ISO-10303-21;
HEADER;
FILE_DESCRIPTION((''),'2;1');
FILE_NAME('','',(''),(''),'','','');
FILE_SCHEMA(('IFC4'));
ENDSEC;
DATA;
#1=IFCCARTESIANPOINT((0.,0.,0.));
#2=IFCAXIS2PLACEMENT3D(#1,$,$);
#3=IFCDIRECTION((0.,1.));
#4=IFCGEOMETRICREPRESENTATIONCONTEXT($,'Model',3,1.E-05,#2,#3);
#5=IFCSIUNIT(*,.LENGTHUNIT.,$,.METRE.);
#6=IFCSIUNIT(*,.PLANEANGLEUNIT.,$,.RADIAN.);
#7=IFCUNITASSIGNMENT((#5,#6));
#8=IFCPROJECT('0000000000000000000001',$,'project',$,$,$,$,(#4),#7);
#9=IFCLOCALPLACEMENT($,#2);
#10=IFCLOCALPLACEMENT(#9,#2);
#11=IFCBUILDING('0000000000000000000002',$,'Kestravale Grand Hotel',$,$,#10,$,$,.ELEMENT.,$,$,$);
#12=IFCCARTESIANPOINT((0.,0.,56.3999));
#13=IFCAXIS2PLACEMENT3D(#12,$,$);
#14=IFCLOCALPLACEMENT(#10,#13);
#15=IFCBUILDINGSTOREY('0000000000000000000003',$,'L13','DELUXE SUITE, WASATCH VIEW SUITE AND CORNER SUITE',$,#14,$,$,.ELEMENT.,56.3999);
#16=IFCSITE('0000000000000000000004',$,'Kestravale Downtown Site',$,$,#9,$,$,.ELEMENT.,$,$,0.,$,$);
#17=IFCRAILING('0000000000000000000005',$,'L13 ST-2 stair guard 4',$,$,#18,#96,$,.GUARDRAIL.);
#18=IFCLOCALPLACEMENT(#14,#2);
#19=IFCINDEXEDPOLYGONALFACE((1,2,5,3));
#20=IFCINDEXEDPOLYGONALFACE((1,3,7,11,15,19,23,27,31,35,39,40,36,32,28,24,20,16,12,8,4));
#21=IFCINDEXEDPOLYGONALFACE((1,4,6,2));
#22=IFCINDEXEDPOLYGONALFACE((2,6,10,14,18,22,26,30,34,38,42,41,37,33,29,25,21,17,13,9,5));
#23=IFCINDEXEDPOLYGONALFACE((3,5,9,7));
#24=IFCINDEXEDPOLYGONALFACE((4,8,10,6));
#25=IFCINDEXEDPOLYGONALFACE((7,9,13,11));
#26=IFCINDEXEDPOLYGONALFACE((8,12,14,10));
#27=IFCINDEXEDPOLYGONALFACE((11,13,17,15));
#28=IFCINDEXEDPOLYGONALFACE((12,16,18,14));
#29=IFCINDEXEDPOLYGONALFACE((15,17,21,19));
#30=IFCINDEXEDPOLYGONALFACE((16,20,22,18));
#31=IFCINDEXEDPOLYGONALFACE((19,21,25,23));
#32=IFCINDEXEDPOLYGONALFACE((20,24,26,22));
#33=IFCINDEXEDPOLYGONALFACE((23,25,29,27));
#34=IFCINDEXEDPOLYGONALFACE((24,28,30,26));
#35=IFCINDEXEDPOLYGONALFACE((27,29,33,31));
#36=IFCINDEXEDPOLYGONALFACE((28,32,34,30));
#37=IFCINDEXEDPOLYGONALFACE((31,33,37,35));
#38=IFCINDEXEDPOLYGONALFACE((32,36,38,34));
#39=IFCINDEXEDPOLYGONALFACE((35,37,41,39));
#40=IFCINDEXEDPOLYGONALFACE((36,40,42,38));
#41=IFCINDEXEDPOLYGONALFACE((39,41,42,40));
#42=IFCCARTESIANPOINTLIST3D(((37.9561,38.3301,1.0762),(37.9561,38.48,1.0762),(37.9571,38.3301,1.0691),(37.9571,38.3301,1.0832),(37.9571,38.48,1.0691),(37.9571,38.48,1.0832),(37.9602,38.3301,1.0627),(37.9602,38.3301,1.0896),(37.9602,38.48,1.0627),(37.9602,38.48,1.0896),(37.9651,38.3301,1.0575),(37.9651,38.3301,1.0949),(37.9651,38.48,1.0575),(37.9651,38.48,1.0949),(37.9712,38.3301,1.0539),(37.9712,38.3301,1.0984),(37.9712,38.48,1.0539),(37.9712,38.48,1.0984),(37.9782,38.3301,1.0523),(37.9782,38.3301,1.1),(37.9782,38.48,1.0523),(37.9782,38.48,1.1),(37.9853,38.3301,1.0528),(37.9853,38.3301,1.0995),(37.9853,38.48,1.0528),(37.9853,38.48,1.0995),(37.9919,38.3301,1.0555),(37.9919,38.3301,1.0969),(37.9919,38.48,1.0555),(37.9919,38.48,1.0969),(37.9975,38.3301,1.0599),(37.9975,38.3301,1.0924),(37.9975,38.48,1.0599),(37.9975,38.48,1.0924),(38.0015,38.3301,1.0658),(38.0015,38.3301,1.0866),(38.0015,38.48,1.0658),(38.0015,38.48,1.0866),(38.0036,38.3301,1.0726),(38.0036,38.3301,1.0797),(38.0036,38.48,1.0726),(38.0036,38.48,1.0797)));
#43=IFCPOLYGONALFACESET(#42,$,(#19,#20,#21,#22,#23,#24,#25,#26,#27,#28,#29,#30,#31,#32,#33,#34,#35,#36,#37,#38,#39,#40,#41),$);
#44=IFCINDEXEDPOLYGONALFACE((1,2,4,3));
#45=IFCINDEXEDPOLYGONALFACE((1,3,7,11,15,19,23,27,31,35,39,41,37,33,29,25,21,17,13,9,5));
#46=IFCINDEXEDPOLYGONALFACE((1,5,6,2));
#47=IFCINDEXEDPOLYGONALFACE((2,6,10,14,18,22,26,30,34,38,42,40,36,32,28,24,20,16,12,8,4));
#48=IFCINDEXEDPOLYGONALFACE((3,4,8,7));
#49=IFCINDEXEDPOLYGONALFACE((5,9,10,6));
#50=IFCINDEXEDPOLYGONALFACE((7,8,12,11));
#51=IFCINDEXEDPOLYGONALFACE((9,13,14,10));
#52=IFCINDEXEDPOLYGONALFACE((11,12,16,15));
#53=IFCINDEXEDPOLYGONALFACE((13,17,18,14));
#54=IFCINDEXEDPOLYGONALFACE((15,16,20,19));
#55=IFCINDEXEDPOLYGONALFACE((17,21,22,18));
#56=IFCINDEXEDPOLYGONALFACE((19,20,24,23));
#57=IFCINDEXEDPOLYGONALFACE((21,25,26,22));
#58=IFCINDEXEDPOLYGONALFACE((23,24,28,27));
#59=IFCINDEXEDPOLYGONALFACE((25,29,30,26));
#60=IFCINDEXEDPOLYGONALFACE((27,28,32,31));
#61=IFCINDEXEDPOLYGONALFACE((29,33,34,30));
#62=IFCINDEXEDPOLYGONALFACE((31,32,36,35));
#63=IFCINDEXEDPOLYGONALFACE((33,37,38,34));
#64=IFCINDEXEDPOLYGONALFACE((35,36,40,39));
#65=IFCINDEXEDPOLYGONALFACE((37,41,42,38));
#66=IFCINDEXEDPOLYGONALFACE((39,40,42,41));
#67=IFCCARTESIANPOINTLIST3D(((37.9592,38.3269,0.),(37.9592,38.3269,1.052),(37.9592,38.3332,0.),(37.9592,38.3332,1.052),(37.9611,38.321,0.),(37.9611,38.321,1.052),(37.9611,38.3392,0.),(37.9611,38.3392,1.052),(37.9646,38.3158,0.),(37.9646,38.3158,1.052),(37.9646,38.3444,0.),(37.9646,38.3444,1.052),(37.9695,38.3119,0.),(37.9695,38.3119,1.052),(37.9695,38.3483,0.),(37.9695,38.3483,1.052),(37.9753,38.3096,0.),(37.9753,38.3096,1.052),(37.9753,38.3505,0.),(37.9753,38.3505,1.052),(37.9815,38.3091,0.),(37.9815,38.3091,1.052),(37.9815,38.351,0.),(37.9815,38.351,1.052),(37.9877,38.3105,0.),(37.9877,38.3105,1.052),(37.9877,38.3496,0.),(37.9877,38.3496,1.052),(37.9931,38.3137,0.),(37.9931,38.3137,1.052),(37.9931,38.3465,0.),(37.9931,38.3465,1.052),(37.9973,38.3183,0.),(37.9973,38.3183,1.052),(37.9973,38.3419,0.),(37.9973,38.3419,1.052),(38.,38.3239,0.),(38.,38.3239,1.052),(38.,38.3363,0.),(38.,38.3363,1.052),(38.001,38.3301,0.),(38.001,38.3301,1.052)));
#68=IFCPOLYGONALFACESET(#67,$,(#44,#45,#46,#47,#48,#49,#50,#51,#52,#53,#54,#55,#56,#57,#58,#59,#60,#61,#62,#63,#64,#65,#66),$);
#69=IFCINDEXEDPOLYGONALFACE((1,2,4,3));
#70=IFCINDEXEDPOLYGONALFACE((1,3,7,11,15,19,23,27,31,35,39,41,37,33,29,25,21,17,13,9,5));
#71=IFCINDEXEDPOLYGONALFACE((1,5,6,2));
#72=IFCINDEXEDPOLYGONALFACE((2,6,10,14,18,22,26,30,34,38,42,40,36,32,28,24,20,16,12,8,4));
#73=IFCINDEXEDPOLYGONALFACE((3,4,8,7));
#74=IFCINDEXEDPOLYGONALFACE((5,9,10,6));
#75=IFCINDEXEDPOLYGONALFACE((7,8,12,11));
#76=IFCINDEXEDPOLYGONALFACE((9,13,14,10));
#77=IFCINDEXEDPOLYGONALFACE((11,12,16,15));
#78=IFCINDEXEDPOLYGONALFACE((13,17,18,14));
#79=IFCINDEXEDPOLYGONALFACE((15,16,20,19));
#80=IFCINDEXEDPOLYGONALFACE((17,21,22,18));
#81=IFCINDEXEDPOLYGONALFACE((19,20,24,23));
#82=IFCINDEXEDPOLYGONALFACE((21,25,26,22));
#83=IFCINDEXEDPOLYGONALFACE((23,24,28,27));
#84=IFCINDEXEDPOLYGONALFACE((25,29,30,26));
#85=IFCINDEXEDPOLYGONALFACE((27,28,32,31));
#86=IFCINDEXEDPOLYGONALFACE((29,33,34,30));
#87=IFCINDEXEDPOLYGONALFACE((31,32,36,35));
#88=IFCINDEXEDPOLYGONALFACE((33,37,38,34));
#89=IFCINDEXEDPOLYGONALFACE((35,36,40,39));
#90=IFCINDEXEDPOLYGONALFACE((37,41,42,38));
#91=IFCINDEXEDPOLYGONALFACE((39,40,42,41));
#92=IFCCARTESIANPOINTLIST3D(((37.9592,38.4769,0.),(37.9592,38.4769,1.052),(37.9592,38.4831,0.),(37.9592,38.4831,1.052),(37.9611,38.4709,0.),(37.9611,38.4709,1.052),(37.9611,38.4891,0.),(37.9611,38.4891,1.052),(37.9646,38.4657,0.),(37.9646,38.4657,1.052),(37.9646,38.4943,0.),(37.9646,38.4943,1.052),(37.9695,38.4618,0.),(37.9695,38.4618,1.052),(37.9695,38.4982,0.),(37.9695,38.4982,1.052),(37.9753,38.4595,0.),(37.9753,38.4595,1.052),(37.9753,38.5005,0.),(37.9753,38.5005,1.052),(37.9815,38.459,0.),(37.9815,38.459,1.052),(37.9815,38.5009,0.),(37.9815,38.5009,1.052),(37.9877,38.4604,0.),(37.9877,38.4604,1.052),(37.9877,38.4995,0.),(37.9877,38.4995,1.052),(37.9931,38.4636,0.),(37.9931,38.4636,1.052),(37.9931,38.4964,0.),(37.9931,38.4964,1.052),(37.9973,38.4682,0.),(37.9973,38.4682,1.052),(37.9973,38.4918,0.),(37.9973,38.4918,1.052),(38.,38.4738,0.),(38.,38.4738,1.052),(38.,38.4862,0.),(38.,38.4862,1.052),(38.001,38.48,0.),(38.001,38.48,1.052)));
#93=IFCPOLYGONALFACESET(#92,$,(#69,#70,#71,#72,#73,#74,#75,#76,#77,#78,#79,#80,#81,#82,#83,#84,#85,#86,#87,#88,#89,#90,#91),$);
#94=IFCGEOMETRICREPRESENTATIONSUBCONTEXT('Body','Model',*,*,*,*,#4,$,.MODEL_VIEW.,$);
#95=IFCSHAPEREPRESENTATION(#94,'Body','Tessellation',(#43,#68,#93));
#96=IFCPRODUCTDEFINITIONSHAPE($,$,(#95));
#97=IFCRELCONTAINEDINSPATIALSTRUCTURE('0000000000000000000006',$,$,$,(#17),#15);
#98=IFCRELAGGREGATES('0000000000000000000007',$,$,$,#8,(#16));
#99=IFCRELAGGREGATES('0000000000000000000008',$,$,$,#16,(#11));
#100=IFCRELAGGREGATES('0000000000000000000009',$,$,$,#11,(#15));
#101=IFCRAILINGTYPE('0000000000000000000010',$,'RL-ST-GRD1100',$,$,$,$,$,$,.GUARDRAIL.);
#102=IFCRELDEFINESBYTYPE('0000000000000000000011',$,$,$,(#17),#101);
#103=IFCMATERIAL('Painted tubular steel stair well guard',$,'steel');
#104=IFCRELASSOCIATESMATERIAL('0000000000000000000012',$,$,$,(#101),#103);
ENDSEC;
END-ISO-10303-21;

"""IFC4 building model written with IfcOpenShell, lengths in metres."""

from ifc_helpers import new_model, si_unit, direction, frame, origin, origin_2d, place, context, subcontext, project, spatial, circle, extrude, material, type_object, element, save


model = new_model("IFC4")

# Units and contexts
model_context = context("Model", 3, precision=1e-05, world=origin(), true_north=direction((0.0, 1.0)))
body_context = subcontext(model_context, "Body", "Model", "MODEL_VIEW")
ifc_project = project(units=[si_unit("LENGTHUNIT", "METRE"), si_unit("PLANEANGLEUNIT", "RADIAN")], contexts=[model_context])

# Site, building, storey
site_placement = place(None, origin())
site = spatial("IfcSite", under=ifc_project, at=site_placement, Name="Kestravale Downtown Site", CompositionType="ELEMENT", RefElevation=0.0)
building_placement = place(site_placement, origin())
building = spatial("IfcBuilding", under=site, at=building_placement, Name="Kestravale Grand Hotel", CompositionType="ELEMENT")
storey_placement = place(building_placement, frame((0.0, 0.0, 56.3999)))
storey = spatial("IfcBuildingStorey", under=building, at=storey_placement, Name="L13", Description="DELUXE SUITE, WASATCH VIEW SUITE AND CORNER SUITE", CompositionType="ELEMENT", Elevation=56.3999)

# Railing
ifc_material_1 = material(Name="Painted tubular steel stair well guard", Category="steel")
railing_type_1 = type_object("IfcRailingType", Name="RL-ST-GRD1100", PredefinedType="GUARDRAIL", material=ifc_material_1)
railing_1_placement = place(storey_placement, frame((37.98, 38.3301, 0.0)))
element("IfcRailing", 1, at=railing_1_placement, inside=storey, type_object=railing_type_1, Name="L13 ST-2 stair guard 4", PredefinedType="GUARDRAIL", context=body_context, shape_type="SweptSolid", body=[
    extrude(circle(Radius=0.0239, at=origin_2d()), frame((0.0, 0.0, 1.0762), z_axis=(0.0, 1.0, 0.0), x_axis=(-1.0, 0.0, 0.0)), (0.0, 0.0, 1.0), 0.1499),
    extrude(circle(Radius=0.021, at=origin_2d()), origin(), (0.0, 0.0, 1.0), 1.052),
    extrude(circle(Radius=0.021, at=origin_2d()), frame((0.0, 0.1499, 0.0)), (0.0, 0.0, 1.0), 1.052),
])

save(model, "model.ifc")
